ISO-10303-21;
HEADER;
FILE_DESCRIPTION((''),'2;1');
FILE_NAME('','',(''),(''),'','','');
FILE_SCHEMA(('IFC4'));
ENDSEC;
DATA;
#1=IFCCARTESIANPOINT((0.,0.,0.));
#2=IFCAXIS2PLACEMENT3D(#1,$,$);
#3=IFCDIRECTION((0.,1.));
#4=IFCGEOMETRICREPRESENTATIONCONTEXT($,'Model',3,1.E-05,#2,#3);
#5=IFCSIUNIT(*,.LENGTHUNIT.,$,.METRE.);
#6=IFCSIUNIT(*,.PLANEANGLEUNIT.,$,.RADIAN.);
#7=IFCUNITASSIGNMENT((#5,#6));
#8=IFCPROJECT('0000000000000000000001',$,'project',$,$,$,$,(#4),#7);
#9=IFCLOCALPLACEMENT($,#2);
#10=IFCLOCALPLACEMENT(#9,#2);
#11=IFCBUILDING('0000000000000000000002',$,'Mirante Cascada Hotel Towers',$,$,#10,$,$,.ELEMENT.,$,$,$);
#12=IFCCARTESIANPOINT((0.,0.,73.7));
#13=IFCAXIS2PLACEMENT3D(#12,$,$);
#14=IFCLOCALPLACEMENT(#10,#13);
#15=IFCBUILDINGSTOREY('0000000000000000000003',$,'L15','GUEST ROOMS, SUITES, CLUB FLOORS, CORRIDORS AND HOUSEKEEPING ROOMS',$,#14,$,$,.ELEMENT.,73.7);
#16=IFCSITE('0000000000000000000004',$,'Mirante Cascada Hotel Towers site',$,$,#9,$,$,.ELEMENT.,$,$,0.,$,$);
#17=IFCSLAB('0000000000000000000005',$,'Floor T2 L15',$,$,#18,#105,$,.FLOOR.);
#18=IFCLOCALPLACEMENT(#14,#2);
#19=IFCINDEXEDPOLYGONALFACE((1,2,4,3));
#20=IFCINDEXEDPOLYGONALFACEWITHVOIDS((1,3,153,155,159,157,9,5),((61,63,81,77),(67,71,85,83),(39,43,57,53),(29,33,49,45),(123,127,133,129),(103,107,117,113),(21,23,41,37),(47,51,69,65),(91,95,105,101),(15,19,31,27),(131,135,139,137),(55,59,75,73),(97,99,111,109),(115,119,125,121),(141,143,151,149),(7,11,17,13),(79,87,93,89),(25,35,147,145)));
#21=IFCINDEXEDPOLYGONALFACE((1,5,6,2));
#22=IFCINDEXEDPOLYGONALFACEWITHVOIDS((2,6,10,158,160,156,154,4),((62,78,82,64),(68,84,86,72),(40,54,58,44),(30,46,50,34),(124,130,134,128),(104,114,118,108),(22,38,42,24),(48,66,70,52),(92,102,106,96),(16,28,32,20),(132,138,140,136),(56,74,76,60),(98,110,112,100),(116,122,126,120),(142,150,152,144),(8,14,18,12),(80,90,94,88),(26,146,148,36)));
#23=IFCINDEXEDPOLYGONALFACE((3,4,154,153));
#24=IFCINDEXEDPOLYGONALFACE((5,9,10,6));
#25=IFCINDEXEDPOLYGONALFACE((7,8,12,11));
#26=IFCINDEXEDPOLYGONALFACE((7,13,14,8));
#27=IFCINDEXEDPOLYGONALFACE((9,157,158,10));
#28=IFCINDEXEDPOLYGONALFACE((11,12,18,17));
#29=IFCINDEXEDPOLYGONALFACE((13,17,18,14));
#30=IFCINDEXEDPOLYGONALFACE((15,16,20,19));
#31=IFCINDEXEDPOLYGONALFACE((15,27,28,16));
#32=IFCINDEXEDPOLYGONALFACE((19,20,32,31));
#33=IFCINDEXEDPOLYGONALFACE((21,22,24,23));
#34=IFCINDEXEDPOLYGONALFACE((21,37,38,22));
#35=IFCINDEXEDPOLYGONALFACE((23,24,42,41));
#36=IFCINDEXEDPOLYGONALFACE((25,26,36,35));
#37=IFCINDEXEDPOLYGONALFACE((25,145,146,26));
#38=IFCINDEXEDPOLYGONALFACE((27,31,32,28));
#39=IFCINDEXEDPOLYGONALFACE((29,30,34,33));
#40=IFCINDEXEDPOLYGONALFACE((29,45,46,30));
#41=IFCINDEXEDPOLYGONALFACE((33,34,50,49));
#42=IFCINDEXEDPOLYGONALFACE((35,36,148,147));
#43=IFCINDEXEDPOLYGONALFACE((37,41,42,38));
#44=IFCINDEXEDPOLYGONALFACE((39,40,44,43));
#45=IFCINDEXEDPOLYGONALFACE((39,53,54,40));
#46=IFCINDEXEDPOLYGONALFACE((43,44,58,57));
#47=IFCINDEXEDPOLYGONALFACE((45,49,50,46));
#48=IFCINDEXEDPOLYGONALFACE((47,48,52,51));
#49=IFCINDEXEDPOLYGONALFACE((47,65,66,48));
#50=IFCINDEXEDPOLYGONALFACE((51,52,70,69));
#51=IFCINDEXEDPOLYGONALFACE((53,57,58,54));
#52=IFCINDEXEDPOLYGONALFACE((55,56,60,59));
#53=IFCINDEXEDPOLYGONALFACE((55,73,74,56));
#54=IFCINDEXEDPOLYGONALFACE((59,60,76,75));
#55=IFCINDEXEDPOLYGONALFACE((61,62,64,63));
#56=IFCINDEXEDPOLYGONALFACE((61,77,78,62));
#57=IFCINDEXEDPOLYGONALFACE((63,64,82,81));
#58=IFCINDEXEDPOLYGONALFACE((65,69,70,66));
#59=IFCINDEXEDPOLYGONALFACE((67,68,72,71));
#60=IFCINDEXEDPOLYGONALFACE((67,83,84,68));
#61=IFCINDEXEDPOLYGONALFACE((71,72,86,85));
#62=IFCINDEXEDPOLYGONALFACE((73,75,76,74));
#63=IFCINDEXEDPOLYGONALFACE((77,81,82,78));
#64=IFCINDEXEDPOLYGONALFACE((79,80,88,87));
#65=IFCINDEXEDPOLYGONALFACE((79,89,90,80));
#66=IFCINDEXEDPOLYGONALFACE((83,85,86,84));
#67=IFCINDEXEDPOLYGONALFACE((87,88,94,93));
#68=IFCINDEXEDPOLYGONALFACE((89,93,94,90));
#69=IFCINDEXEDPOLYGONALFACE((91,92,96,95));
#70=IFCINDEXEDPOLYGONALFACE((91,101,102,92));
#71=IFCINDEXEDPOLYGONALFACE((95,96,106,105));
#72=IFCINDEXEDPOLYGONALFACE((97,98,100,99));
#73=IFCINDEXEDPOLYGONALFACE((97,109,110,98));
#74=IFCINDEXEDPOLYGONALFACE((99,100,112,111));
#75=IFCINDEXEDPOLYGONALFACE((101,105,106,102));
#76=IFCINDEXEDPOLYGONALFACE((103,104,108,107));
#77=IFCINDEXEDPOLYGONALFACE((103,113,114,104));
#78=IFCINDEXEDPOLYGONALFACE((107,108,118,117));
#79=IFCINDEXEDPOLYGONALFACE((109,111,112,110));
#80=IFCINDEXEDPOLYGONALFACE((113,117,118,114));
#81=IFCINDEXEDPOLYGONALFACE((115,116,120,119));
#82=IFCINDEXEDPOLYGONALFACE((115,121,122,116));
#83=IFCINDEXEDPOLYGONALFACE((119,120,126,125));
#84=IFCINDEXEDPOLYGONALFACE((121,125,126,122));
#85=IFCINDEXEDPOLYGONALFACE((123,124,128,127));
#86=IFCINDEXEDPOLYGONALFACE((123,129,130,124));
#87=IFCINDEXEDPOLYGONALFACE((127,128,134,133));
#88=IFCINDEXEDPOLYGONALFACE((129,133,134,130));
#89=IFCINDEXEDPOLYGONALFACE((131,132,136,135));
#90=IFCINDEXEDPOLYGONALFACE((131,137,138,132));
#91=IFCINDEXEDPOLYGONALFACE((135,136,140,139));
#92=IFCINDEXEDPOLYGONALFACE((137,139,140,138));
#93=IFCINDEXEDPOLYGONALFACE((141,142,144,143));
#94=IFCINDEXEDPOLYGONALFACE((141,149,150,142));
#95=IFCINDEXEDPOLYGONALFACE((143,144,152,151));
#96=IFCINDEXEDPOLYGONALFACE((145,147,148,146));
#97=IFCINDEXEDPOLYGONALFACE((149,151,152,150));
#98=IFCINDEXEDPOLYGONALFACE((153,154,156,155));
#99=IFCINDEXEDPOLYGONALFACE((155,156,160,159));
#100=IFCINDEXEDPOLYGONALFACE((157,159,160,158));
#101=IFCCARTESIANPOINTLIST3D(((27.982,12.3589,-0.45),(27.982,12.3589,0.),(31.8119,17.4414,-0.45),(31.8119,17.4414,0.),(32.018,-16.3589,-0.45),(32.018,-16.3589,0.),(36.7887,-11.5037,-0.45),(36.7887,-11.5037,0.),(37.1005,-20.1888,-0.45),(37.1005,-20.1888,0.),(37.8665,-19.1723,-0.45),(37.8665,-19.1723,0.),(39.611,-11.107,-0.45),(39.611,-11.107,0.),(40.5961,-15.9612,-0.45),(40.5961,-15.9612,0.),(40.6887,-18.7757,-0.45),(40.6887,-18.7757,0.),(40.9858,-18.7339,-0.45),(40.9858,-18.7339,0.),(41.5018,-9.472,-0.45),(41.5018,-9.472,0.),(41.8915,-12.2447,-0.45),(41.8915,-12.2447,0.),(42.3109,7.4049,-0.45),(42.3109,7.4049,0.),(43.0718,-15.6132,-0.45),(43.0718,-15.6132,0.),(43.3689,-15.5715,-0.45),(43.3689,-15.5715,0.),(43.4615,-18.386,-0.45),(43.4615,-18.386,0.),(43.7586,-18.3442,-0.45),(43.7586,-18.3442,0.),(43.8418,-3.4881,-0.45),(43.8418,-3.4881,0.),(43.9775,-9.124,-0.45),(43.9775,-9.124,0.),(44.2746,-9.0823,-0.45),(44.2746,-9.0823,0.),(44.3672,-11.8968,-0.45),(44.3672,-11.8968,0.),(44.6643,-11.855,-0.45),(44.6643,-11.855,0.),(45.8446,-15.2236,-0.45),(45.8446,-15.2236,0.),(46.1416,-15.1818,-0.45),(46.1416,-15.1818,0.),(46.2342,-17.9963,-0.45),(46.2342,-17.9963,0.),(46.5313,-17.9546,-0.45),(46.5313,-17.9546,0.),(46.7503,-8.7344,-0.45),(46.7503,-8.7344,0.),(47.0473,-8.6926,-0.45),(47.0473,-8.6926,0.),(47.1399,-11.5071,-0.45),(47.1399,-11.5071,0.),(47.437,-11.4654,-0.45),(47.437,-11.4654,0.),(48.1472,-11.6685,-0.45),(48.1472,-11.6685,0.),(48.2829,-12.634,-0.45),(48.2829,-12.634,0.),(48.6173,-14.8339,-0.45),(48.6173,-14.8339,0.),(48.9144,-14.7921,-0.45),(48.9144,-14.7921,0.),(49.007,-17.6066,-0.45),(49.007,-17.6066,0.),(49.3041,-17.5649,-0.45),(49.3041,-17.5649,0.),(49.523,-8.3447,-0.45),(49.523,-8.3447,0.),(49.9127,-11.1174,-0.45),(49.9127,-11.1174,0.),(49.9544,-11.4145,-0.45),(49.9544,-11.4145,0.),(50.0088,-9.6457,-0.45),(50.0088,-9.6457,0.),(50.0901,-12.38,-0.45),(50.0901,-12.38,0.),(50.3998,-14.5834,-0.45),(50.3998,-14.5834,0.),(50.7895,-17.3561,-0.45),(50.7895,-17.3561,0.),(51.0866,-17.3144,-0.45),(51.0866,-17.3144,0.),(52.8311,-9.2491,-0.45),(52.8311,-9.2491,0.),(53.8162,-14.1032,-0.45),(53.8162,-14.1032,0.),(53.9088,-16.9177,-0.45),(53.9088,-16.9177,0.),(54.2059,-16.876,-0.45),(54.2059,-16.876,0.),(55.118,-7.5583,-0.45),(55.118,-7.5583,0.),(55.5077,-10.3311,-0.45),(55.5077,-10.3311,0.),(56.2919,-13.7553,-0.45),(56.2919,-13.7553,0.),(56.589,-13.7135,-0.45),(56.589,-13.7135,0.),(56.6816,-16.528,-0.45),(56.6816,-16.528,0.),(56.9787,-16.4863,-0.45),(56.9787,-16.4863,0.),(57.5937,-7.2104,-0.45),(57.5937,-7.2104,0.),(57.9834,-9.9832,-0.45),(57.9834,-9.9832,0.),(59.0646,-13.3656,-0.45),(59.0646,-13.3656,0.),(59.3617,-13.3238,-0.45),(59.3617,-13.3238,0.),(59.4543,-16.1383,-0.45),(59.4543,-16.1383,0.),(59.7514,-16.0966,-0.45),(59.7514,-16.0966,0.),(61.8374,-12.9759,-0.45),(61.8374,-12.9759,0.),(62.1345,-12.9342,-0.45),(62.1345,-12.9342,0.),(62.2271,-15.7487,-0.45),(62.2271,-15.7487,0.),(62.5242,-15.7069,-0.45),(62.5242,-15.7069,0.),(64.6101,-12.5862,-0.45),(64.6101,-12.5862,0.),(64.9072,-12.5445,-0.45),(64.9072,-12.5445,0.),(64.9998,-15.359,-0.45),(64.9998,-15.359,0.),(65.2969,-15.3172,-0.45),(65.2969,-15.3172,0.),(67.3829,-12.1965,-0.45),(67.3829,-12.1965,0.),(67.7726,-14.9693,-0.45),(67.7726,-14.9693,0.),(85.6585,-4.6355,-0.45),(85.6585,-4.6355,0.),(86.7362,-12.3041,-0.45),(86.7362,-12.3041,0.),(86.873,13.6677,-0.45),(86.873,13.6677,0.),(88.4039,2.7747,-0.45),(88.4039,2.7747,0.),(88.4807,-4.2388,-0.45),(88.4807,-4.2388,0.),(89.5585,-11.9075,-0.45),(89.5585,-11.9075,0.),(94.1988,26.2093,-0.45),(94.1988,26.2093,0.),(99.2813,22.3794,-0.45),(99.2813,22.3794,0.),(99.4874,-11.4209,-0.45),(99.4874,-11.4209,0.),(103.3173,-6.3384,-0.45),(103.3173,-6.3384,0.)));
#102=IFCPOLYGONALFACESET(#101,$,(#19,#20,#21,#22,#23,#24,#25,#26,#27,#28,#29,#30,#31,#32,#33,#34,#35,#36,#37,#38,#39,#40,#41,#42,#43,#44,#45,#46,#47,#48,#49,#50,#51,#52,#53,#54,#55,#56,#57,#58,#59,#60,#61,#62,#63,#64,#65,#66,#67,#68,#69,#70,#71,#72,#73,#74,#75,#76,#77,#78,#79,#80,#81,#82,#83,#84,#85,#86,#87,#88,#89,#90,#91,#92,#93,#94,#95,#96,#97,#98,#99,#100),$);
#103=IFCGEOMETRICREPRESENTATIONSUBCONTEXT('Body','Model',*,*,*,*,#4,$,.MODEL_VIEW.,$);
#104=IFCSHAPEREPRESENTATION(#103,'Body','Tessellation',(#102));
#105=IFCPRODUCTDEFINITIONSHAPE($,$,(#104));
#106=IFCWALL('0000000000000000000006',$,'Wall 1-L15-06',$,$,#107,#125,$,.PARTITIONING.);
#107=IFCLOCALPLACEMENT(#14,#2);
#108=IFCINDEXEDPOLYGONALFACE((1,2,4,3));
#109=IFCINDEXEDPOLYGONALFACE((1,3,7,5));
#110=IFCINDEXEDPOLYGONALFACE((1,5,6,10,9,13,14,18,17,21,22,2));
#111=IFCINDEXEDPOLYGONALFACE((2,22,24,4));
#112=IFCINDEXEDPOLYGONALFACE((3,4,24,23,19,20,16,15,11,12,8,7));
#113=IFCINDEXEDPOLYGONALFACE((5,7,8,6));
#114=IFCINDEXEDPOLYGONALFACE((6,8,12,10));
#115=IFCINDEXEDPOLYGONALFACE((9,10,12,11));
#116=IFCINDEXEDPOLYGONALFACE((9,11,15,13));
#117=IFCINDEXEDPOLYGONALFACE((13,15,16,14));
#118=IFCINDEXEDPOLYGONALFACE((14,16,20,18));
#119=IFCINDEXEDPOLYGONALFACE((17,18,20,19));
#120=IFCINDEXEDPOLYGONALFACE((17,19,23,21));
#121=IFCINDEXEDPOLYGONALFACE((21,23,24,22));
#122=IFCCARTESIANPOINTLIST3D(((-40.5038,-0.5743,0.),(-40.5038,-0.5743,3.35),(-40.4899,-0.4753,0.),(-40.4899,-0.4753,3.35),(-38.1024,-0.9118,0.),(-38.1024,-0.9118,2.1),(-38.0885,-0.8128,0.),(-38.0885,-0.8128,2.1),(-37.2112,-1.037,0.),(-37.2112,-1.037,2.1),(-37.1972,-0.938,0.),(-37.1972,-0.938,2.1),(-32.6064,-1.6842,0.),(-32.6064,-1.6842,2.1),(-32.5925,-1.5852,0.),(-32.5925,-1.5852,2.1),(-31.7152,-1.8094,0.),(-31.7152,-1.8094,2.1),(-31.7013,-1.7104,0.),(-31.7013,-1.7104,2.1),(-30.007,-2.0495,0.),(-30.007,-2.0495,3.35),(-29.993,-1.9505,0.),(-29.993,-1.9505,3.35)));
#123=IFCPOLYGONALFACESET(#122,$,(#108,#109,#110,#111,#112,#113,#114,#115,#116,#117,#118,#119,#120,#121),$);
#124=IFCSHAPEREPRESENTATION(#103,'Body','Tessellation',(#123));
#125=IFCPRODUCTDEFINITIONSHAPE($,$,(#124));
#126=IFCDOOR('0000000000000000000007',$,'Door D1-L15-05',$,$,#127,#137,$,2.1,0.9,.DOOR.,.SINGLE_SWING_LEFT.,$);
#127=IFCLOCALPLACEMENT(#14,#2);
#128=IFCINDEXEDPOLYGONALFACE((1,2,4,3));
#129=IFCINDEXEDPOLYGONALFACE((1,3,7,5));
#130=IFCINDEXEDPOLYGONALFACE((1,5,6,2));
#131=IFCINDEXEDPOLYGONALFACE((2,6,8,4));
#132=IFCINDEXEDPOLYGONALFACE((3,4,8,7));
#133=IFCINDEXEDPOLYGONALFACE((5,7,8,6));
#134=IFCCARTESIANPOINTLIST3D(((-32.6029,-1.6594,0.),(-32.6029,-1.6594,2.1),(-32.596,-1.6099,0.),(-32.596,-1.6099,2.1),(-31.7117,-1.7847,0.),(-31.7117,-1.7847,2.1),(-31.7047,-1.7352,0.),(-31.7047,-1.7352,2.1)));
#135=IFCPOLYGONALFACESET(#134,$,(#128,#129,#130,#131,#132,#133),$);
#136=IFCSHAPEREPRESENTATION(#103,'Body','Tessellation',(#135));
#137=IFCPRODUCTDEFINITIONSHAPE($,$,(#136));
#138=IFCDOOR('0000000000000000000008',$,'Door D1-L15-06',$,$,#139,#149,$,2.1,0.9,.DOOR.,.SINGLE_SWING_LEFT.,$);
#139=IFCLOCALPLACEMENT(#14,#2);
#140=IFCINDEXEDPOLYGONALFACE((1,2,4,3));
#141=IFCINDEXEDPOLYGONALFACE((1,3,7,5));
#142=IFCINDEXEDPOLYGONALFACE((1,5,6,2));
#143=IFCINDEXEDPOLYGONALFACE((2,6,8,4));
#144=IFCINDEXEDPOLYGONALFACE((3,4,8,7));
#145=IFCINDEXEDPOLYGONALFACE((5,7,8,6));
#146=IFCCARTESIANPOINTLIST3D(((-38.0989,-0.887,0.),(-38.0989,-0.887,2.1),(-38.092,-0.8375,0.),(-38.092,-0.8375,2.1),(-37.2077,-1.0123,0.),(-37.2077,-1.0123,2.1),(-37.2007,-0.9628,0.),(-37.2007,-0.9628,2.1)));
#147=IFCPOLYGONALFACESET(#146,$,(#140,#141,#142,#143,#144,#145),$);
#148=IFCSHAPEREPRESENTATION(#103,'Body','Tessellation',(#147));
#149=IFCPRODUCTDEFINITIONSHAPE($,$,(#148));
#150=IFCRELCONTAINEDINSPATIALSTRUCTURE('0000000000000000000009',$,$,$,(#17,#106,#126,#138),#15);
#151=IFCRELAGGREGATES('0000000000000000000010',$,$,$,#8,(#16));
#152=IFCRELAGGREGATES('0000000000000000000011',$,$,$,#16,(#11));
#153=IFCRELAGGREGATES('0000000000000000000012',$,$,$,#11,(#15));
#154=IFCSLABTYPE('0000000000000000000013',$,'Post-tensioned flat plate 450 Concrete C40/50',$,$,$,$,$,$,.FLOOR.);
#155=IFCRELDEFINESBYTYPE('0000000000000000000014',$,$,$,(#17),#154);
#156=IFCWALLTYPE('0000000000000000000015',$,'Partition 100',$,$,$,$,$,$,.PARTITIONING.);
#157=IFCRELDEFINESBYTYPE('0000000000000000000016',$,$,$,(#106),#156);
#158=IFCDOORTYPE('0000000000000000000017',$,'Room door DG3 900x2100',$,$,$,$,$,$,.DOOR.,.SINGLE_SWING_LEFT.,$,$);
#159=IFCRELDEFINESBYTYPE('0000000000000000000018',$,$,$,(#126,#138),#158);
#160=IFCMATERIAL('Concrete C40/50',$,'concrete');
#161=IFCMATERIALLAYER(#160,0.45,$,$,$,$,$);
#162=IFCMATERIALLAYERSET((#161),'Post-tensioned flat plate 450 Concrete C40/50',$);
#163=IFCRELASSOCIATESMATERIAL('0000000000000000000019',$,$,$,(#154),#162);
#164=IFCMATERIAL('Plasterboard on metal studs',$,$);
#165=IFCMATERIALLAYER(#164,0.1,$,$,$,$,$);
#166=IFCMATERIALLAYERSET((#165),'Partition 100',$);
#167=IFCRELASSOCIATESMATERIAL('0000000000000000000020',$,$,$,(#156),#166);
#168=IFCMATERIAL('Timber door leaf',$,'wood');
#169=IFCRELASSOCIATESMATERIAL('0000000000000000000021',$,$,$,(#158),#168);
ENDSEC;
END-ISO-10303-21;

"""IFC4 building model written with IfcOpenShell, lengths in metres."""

from ifc_helpers import new_model, si_unit, direction, frame, frame_2d, origin, place, context, subcontext, project, spatial, polyline, rectangle, outline, extrude, material, layer, layer_set, type_object, element, fill, save


model = new_model("IFC4")

# Units and contexts
model_context = context("Model", 3, precision=1e-05, world=origin(), true_north=direction((0.0, 1.0)))
body_context = subcontext(model_context, "Body", "Model", "MODEL_VIEW")
ifc_project = project(units=[si_unit("LENGTHUNIT", "METRE"), si_unit("PLANEANGLEUNIT", "RADIAN")], contexts=[model_context])

# Site, building, storey
site_placement = place(None, origin())
site = spatial("IfcSite", under=ifc_project, at=site_placement, Name="Mirante Cascada Hotel Towers site", CompositionType="ELEMENT", RefElevation=0.0)
building_placement = place(site_placement, origin())
building = spatial("IfcBuilding", under=site, at=building_placement, Name="Mirante Cascada Hotel Towers", CompositionType="ELEMENT")
storey_placement = place(building_placement, frame((0.0, 0.0, 73.7)))
storey = spatial("IfcBuildingStorey", under=building, at=storey_placement, Name="L15", Description="GUEST ROOMS, SUITES, CLUB FLOORS, CORRIDORS AND HOUSEKEEPING ROOMS", CompositionType="ELEMENT", Elevation=73.7)

# Slab
ifc_material_1 = material(Name="Concrete C40/50", Category="concrete")
ifc_layer_1 = layer(ifc_material_1, 0.45)
ifc_layer_set_1 = layer_set([ifc_layer_1], Name="Post-tensioned flat plate 450 Concrete C40/50")
slab_type = type_object("IfcSlabType", Name="Post-tensioned flat plate 450 Concrete C40/50", PredefinedType="FLOOR", material=ifc_layer_set_1)
slab_1_placement = place(storey_placement, frame((0.0, 0.0, -0.45)))
element("IfcSlab", 1, at=slab_1_placement, inside=storey, type_object=slab_type, Name="Floor T2 L15", PredefinedType="FLOOR", context=body_context, shape_type="SweptSolid", body=[
    extrude(outline(polyline([(32.018, -16.3589), (27.982, 12.3589), (31.8119, 17.4414), (94.1988, 26.2093), (99.2813, 22.3794), (103.3173, -6.3384), (99.4874, -11.4209), (37.1005, -20.1888), (32.018, -16.3589)]), holes=[polyline([(43.0718, -15.6132), (40.5961, -15.9612), (40.9858, -18.7339), (43.4615, -18.386), (43.0718, -15.6132)]), polyline([(45.8446, -15.2236), (43.3689, -15.5715), (43.7586, -18.3442), (46.2342, -17.9963), (45.8446, -15.2236)]), polyline([(48.6173, -14.8339), (46.1416, -15.1818), (46.5313, -17.9546), (49.007, -17.6066), (48.6173, -14.8339)]), polyline([(50.3998, -14.5834), (48.9144, -14.7921), (49.3041, -17.5649), (50.7895, -17.3561), (50.3998, -14.5834)]), polyline([(37.8665, -19.1723), (40.6887, -18.7757), (39.611, -11.107), (36.7887, -11.5037), (37.8665, -19.1723)]), polyline([(49.9544, -11.4145), (48.1472, -11.6685), (48.2829, -12.634), (50.0901, -12.38), (49.9544, -11.4145)]), polyline([(43.9775, -9.124), (41.5018, -9.472), (41.8915, -12.2447), (44.3672, -11.8968), (43.9775, -9.124)]), polyline([(47.1399, -11.5071), (46.7503, -8.7344), (44.2746, -9.0823), (44.6643, -11.855), (47.1399, -11.5071)]), polyline([(49.9127, -11.1174), (49.523, -8.3447), (47.0473, -8.6926), (47.437, -11.4654), (49.9127, -11.1174)]), polyline([(56.2919, -13.7553), (53.8162, -14.1032), (54.2059, -16.876), (56.6816, -16.528), (56.2919, -13.7553)]), polyline([(59.0646, -13.3656), (56.589, -13.7135), (56.9787, -16.4863), (59.4543, -16.1383), (59.0646, -13.3656)]), polyline([(61.8374, -12.9759), (59.3617, -13.3238), (59.7514, -16.0966), (62.2271, -15.7487), (61.8374, -12.9759)]), polyline([(64.6101, -12.5862), (62.1345, -12.9342), (62.5242, -15.7069), (64.9998, -15.359), (64.6101, -12.5862)]), polyline([(67.3829, -12.1965), (64.9072, -12.5445), (65.2969, -15.3172), (67.7726, -14.9693), (67.3829, -12.1965)]), polyline([(51.0866, -17.3144), (53.9088, -16.9177), (52.8311, -9.2491), (50.0088, -9.6457), (51.0866, -17.3144)]), polyline([(86.7362, -12.3041), (89.5585, -11.9075), (88.4807, -4.2388), (85.6585, -4.6355), (86.7362, -12.3041)]), polyline([(57.9834, -9.9832), (57.5937, -7.2104), (55.118, -7.5583), (55.5077, -10.3311), (57.9834, -9.9832)]), polyline([(88.4039, 2.7747), (86.873, 13.6677), (42.3109, 7.4049), (43.8418, -3.4881), (88.4039, 2.7747)])]), origin(), (0.0, 0.0, 1.0), 0.45),
])

# Wall, openings, doors
ifc_material_2 = material(Name="Plasterboard on metal studs")
ifc_layer_2 = layer(ifc_material_2, 0.1)
ifc_layer_set_2 = layer_set([ifc_layer_2], Name="Partition 100")
wall_type = type_object("IfcWallType", Name="Partition 100", PredefinedType="PARTITIONING", material=ifc_layer_set_2)
wall_placement = place(storey_placement, frame((-30.0, -2.0, 0.0), z_axis=(0.0, 0.0, 1.0), x_axis=(-0.990268, 0.13917, 0.0)))
wall = element("IfcWall", 2, at=wall_placement, inside=storey, type_object=wall_type, Name="Wall 1-L15-06", PredefinedType="PARTITIONING", context=body_context, shape_type="SweptSolid", body=[
    extrude(rectangle(XDim=10.6, YDim=0.1, at=frame_2d((5.3, 0.0))), origin(), (0.0, 0.0, 1.0), 3.35),
])
opening_1_placement = place(wall_placement, frame((1.725, 0.0, 0.0)))
opening_1 = element("IfcOpeningElement", 3, at=opening_1_placement, cuts=wall, PredefinedType="OPENING", context=body_context, shape_type="SweptSolid", body=[
    extrude(rectangle(XDim=0.9, YDim=2.1, at=frame_2d((0.45, 1.05))), frame((0.0, 0.05, 0.0), z_axis=(0.0, -1.0, 0.0), x_axis=(1.0, 0.0, 0.0)), (0.0, 0.0, 1.0), 0.1),
])
opening_2_placement = place(wall_placement, frame((7.275, 0.0, 0.0)))
opening_2 = element("IfcOpeningElement", 4, at=opening_2_placement, cuts=wall, PredefinedType="OPENING", context=body_context, shape_type="SweptSolid", body=[
    extrude(rectangle(XDim=0.9, YDim=2.1, at=frame_2d((0.45, 1.05))), frame((0.0, 0.05, 0.0), z_axis=(0.0, -1.0, 0.0), x_axis=(1.0, 0.0, 0.0)), (0.0, 0.0, 1.0), 0.1),
])
ifc_material_3 = material(Name="Timber door leaf", Category="wood")
door_type = type_object("IfcDoorType", Name="Room door DG3 900x2100", OperationType="SINGLE_SWING_LEFT", PredefinedType="DOOR", material=ifc_material_3)
door_1_placement = place(opening_1_placement, origin())
door_1 = element("IfcDoor", 5, at=door_1_placement, inside=storey, type_object=door_type, Name="Door D1-L15-05", OperationType="SINGLE_SWING_LEFT", OverallHeight=2.1, OverallWidth=0.9, PredefinedType="DOOR", context=body_context, shape_type="SweptSolid", body=[
    extrude(rectangle(XDim=0.9, YDim=2.1, at=frame_2d((0.45, 1.05))), frame((0.0, 0.025, 0.0), z_axis=(0.0, -1.0, 0.0), x_axis=(1.0, 0.0, 0.0)), (0.0, 0.0, 1.0), 0.05),
])
fill(opening_1, door_1)
door_2_placement = place(opening_2_placement, origin())
door_2 = element("IfcDoor", 6, at=door_2_placement, inside=storey, type_object=door_type, Name="Door D1-L15-06", OperationType="SINGLE_SWING_LEFT", OverallHeight=2.1, OverallWidth=0.9, PredefinedType="DOOR", context=body_context, shape_type="SweptSolid", body=[
    extrude(rectangle(XDim=0.9, YDim=2.1, at=frame_2d((0.45, 1.05))), frame((0.0, 0.025, 0.0), z_axis=(0.0, -1.0, 0.0), x_axis=(1.0, 0.0, 0.0)), (0.0, 0.0, 1.0), 0.05),
])
fill(opening_2, door_2)

save(model, "model.ifc")
